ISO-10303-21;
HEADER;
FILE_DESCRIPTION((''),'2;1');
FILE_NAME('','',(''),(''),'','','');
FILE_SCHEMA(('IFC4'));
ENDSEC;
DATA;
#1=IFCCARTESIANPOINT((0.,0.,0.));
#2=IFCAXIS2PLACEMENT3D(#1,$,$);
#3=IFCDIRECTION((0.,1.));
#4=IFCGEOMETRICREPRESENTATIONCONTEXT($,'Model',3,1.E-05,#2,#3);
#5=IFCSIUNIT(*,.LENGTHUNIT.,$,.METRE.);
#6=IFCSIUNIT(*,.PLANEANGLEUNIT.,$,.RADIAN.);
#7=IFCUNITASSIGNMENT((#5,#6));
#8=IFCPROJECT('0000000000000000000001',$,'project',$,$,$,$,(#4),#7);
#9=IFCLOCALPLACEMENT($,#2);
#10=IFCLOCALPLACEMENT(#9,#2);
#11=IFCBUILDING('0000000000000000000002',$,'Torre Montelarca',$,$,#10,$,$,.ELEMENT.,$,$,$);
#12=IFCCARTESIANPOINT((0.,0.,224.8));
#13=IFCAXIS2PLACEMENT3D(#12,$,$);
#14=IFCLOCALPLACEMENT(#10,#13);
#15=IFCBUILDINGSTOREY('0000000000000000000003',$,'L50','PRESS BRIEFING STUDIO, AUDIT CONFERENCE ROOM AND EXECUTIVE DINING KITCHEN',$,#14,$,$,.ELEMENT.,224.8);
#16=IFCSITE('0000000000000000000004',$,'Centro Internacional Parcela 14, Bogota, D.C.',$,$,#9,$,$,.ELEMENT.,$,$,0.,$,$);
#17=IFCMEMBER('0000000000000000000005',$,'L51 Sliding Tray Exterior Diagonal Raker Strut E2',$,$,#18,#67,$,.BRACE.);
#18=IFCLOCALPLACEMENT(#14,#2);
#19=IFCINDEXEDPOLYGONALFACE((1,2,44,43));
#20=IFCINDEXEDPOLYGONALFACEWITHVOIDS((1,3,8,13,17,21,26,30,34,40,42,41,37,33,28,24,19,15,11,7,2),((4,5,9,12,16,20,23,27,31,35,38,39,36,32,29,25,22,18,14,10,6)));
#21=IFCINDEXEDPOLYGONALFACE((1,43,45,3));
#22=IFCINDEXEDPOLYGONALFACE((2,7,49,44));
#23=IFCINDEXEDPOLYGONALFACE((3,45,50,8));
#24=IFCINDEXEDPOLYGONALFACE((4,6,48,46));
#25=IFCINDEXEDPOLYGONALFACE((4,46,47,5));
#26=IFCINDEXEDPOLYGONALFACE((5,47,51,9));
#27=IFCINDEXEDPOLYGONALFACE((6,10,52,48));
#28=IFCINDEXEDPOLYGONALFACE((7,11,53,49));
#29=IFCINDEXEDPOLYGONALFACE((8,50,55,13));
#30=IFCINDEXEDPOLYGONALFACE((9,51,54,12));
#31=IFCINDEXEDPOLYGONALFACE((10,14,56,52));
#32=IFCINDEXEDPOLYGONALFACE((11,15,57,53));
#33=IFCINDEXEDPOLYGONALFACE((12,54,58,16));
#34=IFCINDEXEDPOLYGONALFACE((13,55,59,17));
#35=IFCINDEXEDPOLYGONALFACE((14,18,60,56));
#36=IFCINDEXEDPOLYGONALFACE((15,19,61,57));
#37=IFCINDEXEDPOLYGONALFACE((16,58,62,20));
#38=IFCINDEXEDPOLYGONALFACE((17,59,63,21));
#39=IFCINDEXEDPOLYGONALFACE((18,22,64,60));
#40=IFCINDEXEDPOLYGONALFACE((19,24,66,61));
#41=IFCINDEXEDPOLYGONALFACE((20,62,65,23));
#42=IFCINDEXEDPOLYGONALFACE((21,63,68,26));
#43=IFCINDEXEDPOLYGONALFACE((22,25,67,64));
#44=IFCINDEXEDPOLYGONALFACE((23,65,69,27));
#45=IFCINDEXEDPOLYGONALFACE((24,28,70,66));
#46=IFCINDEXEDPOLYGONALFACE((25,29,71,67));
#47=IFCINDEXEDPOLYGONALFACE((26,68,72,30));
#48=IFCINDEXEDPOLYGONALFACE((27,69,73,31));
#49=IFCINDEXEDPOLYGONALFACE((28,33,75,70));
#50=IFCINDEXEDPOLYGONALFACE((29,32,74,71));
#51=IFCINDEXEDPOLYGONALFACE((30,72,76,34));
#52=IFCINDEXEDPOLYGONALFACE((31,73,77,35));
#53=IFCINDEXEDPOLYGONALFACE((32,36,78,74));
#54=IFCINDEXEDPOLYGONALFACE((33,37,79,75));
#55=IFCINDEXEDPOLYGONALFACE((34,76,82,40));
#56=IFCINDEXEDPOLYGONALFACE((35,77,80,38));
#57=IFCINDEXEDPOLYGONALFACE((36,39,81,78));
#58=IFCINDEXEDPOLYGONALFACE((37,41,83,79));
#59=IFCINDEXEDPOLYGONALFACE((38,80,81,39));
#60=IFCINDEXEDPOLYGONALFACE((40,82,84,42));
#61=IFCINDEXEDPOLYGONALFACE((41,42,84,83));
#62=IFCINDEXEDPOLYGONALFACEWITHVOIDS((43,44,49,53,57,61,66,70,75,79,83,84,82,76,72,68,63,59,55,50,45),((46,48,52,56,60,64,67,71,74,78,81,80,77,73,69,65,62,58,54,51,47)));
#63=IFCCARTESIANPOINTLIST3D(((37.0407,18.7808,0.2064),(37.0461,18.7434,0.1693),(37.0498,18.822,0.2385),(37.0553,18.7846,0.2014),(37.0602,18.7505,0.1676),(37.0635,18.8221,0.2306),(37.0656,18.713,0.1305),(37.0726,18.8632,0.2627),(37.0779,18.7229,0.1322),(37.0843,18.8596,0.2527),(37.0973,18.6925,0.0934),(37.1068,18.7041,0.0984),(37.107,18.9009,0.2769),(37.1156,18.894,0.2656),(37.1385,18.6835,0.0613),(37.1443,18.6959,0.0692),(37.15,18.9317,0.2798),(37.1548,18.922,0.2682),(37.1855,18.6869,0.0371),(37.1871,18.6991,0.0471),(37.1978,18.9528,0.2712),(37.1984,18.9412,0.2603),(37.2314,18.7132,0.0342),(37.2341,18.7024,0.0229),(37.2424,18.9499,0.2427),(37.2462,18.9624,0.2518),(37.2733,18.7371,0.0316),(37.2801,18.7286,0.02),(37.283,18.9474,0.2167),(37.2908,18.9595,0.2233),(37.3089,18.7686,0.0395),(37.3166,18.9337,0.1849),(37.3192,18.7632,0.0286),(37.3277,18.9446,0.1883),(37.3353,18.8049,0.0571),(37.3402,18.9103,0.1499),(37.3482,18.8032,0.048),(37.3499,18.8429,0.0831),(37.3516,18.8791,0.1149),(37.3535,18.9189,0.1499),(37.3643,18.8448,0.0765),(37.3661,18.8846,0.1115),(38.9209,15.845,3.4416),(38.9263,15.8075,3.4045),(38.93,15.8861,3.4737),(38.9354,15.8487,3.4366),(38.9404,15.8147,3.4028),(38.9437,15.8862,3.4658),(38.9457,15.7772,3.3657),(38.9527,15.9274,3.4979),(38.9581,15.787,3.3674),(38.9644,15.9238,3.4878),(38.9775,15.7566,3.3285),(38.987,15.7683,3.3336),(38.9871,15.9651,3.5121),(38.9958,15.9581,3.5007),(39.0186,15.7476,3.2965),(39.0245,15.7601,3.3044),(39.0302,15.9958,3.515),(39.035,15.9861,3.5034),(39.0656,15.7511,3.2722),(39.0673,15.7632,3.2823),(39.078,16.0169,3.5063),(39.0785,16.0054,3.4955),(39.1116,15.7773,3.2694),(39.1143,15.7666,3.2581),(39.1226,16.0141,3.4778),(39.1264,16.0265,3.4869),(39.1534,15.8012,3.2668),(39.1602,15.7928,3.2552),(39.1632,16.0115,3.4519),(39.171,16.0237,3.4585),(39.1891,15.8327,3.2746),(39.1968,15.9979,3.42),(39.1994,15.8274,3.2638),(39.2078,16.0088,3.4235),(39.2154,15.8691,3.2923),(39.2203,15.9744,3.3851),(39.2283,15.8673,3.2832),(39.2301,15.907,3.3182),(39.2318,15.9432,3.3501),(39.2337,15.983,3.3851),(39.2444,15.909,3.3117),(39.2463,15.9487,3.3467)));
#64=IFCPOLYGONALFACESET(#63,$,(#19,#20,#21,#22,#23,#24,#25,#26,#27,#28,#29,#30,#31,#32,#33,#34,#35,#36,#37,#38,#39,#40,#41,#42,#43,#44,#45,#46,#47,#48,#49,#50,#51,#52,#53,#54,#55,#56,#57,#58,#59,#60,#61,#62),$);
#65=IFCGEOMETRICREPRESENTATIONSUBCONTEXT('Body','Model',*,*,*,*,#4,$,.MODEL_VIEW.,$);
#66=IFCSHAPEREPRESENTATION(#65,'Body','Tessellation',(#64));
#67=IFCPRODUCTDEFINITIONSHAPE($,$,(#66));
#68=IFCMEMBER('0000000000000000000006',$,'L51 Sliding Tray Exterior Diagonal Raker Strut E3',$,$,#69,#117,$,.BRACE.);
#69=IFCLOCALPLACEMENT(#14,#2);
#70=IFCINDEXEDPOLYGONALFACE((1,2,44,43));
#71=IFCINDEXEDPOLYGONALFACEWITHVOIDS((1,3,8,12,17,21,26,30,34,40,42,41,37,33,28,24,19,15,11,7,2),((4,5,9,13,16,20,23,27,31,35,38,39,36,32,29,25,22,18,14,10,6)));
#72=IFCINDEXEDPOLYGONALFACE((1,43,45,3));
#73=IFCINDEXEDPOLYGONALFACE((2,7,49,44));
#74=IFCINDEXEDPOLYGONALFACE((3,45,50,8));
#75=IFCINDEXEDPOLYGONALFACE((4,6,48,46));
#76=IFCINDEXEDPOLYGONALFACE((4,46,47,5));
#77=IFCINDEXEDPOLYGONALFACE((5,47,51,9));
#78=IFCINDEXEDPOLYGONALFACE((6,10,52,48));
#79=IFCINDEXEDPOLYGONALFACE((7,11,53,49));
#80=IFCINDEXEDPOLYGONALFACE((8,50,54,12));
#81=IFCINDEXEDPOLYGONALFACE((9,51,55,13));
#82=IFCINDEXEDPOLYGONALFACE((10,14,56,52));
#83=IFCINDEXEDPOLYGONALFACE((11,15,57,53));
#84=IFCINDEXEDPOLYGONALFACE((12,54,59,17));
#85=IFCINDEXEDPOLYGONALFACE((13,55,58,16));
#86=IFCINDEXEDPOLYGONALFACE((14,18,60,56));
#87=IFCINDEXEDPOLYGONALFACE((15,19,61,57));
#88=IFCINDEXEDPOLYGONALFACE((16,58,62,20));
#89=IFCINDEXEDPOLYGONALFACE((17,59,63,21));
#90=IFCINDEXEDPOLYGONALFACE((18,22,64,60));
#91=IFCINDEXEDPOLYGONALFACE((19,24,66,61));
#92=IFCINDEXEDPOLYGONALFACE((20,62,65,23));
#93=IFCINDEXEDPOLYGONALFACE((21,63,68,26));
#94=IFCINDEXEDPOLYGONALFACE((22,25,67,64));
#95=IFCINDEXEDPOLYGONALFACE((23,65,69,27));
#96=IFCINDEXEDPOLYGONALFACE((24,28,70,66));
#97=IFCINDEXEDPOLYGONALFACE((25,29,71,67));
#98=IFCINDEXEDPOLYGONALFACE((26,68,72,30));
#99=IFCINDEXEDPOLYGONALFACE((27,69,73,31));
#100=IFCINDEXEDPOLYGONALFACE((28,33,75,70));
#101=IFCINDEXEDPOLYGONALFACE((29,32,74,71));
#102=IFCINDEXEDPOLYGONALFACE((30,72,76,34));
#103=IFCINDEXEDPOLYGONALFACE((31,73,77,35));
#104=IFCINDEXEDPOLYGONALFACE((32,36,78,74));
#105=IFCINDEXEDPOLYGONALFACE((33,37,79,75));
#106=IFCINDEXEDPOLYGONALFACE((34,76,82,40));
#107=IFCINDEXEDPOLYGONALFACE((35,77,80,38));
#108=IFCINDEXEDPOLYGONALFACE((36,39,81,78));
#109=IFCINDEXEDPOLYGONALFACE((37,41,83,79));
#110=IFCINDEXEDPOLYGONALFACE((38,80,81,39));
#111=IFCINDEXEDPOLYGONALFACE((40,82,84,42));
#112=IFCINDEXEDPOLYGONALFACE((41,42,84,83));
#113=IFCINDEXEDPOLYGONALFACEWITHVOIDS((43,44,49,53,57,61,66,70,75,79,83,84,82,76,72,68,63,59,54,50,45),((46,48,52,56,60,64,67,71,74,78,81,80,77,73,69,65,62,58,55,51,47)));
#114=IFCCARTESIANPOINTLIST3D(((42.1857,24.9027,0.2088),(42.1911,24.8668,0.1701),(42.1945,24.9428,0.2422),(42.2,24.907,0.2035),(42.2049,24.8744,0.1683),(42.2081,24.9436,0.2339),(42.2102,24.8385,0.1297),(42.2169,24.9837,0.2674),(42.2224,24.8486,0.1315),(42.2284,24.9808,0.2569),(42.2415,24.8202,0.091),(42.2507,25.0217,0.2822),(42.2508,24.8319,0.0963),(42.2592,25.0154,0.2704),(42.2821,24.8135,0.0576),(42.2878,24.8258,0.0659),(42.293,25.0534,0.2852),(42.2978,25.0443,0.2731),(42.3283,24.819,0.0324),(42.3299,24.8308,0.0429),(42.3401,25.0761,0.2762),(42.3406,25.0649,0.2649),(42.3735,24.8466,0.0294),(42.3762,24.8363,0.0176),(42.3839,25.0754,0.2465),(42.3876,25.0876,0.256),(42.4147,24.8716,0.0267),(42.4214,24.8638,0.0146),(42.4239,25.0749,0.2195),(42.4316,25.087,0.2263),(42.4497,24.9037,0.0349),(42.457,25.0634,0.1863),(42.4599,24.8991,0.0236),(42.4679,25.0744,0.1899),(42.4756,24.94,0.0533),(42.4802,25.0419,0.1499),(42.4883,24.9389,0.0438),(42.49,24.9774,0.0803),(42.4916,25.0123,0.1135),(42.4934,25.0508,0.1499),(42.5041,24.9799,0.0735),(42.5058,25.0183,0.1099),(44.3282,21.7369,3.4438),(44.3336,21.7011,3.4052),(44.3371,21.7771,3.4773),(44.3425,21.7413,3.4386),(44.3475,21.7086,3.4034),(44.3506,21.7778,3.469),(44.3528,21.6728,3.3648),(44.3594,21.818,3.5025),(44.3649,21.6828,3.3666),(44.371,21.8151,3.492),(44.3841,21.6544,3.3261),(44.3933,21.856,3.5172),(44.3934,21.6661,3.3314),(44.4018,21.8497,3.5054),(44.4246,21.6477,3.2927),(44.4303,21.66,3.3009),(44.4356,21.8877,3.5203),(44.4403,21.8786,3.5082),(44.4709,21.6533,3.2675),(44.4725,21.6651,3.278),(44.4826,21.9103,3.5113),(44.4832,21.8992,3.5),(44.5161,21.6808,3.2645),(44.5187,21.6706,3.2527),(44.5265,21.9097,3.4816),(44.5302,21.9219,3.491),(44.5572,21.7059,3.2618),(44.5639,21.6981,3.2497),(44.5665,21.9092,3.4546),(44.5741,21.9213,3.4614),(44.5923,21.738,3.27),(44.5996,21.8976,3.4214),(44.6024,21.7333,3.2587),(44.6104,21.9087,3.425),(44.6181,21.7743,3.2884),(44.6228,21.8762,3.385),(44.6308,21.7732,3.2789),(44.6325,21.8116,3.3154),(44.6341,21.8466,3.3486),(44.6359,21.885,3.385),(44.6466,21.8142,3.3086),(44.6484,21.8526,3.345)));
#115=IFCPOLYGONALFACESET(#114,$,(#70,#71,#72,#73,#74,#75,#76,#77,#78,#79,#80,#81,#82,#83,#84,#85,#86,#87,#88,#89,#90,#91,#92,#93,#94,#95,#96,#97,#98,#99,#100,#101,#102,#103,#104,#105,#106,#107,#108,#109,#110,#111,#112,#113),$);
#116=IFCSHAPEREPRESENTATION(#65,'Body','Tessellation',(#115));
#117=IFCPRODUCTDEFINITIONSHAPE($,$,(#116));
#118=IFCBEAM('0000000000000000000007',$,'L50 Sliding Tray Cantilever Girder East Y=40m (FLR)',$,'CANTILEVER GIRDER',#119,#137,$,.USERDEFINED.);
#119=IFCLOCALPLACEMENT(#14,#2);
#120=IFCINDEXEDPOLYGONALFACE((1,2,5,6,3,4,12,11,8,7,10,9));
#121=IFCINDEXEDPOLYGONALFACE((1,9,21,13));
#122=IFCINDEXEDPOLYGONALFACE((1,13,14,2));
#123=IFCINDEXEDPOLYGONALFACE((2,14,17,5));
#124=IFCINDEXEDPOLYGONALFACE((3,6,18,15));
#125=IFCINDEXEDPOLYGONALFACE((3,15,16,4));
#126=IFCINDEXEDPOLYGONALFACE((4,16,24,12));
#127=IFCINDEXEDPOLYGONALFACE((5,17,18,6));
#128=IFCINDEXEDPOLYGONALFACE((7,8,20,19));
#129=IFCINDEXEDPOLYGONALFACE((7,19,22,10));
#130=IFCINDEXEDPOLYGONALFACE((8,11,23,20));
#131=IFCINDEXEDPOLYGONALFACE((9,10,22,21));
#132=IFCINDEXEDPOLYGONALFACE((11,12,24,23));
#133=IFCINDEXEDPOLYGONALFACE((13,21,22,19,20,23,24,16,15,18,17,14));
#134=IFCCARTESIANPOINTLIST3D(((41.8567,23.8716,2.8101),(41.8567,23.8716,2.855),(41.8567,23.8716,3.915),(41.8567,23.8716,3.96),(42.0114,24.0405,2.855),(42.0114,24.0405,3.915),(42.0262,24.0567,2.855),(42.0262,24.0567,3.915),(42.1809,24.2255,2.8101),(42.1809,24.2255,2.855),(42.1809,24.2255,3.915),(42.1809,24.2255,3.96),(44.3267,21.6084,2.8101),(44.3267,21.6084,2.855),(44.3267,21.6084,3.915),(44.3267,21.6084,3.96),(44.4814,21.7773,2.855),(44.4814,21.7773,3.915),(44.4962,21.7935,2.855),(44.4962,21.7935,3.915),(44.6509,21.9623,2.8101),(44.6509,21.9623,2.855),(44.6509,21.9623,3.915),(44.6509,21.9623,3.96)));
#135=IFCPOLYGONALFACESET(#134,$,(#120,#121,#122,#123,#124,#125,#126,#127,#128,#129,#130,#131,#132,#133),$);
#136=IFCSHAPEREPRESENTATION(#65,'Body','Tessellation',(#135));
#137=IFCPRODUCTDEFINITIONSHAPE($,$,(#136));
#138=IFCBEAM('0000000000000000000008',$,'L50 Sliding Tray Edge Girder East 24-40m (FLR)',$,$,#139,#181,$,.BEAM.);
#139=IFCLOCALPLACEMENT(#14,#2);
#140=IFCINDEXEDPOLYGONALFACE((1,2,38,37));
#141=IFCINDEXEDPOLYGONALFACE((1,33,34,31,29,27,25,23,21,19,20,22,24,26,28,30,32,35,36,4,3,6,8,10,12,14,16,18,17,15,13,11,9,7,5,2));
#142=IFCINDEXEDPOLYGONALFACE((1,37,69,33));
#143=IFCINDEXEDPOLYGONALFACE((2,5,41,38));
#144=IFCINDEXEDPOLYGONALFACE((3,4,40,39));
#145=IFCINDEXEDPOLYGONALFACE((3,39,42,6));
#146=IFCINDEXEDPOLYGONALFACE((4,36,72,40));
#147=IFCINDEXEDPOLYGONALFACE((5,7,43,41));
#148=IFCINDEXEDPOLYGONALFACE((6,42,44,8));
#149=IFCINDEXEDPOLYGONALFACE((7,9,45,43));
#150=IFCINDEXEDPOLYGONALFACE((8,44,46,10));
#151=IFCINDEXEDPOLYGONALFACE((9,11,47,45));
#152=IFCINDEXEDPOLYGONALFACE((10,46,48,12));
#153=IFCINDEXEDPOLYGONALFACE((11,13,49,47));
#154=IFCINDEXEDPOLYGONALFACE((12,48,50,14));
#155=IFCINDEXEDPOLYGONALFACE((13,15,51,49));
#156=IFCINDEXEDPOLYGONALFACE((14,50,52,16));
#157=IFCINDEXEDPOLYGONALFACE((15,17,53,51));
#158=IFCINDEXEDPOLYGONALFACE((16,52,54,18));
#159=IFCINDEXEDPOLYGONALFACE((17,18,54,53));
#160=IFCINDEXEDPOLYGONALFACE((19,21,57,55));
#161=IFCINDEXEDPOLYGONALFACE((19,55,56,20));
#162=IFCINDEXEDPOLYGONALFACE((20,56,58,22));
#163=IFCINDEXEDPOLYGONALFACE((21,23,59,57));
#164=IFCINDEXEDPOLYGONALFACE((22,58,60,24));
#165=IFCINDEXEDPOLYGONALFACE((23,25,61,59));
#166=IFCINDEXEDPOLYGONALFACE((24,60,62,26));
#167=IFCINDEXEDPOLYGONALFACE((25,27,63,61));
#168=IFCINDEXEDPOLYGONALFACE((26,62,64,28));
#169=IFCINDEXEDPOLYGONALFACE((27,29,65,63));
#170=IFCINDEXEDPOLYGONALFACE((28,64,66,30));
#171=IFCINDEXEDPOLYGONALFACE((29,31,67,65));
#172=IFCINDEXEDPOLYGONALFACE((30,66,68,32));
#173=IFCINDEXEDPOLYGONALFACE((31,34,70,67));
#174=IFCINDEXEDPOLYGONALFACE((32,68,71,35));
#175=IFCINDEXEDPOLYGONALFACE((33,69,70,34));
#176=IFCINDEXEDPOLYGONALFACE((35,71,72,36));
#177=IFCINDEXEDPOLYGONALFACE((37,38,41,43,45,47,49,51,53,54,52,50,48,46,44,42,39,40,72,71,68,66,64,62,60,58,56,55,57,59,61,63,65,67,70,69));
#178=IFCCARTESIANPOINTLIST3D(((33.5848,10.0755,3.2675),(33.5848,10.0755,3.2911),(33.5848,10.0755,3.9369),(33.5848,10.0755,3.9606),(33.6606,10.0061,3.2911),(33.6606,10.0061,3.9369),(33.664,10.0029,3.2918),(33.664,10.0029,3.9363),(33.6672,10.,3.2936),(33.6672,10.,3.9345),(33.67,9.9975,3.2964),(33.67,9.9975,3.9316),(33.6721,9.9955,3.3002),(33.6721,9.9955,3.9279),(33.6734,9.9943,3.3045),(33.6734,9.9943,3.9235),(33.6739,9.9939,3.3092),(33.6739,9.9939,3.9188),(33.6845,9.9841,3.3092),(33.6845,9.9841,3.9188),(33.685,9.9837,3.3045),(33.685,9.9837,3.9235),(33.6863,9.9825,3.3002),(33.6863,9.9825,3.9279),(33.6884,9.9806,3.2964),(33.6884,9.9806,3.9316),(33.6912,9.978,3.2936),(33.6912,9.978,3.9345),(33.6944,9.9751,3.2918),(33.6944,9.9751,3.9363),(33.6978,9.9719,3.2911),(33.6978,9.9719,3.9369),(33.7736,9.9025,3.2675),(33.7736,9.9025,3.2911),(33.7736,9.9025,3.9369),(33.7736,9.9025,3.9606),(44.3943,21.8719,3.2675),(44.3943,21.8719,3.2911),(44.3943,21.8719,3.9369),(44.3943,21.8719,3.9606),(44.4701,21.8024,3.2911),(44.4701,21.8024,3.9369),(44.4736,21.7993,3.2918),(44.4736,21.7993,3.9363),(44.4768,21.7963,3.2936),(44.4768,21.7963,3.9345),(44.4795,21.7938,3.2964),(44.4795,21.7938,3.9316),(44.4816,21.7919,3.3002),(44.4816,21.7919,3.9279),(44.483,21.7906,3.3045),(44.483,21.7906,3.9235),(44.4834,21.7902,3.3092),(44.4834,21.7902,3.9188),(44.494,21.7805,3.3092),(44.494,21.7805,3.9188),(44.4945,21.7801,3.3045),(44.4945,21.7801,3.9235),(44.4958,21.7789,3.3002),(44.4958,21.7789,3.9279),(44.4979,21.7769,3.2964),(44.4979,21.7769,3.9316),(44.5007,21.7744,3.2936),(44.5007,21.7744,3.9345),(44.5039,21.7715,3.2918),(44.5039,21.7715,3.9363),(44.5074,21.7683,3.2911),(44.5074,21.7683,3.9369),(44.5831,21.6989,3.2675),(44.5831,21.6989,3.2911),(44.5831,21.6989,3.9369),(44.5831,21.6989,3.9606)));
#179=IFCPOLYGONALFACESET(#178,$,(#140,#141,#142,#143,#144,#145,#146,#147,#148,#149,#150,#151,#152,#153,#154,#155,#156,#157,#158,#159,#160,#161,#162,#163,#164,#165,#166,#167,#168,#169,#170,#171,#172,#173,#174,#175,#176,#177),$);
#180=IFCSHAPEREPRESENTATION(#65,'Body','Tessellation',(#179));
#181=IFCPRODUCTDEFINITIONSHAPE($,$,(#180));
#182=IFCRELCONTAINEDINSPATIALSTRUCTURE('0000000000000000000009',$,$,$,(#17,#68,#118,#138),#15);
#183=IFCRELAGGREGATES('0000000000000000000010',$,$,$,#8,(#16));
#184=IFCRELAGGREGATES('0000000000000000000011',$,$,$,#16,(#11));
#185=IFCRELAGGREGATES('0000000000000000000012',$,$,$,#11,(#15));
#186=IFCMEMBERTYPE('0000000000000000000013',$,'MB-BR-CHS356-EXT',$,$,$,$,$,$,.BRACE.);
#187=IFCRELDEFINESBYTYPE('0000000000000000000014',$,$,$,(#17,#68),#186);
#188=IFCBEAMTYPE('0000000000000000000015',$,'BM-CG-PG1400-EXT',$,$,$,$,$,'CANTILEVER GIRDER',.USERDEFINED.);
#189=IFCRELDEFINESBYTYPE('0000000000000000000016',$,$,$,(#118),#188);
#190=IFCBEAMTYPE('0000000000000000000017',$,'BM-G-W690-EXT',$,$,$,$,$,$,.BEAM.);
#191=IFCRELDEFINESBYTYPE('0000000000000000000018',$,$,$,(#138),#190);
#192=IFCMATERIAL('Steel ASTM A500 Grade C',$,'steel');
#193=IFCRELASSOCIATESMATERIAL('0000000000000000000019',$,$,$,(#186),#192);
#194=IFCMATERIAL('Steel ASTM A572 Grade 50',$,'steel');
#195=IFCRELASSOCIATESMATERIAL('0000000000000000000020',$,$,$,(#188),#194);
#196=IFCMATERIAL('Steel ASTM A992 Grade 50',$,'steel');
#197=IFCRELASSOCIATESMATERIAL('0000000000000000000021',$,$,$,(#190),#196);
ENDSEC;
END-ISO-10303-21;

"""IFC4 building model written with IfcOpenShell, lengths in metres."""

from ifc_helpers import new_model, si_unit, direction, frame, origin, origin_2d, place, context, subcontext, project, spatial, hollow_circle, i_section, extrude, source, transform, mapped, material, material_profile, profile_set, type_object, element, save


model = new_model("IFC4")

# Units and contexts
model_context = context("Model", 3, precision=1e-05, world=origin(), true_north=direction((0.0, 1.0)))
body_context = subcontext(model_context, "Body", "Model", "MODEL_VIEW")
ifc_project = project(units=[si_unit("LENGTHUNIT", "METRE"), si_unit("PLANEANGLEUNIT", "RADIAN")], contexts=[model_context])

# Site, building, storey
site_placement = place(None, origin())
site = spatial("IfcSite", under=ifc_project, at=site_placement, Name="Centro Internacional Parcela 14, Bogota, D.C.", CompositionType="ELEMENT", RefElevation=0.0)
building_placement = place(site_placement, origin())
building = spatial("IfcBuilding", under=site, at=building_placement, Name="Torre Montelarca", CompositionType="ELEMENT")
storey_placement = place(building_placement, frame((0.0, 0.0, 224.8)))
storey = spatial("IfcBuildingStorey", under=building, at=storey_placement, Name="L50", Description="PRESS BRIEFING STUDIO, AUDIT CONFERENCE ROOM AND EXECUTIVE DINING KITCHEN", CompositionType="ELEMENT", Elevation=224.8)

# Members
ifc_material_1 = material(Name="Steel ASTM A500 Grade C", Category="steel")
ifc_material_profile_1 = material_profile(ifc_material_1, hollow_circle(Radius=0.1777, WallThickness=0.0159, at=origin_2d()), Name="HSS355.6X15.9", Category="steel")
ifc_profile_set_1 = profile_set([ifc_material_profile_1], Name="Steel ASTM A500 Grade C")
member_type_1 = type_object("IfcMemberType", Name="MB-BR-CHS356-EXT", PredefinedType="BRACE", material=ifc_profile_set_1)
shared_shape_1 = source(origin(), body_context, "Body", "SweptSolid", [
    extrude(hollow_circle(Radius=0.1777, WallThickness=0.0159, at=origin_2d()), origin(), (0.0, 0.0, 1.0), 4.7561),
])
member_1_placement = place(storey_placement, frame((37.2039, 18.823, 0.1499), z_axis=(0.395316, -0.61728, 0.680214), x_axis=(0.842112, 0.539302, 0.0)))
element("IfcMember", 1, at=member_1_placement, inside=storey, type_object=member_type_1, Name="L51 Sliding Tray Exterior Diagonal Raker Strut E2", PredefinedType="BRACE", context=body_context, shape_type="MappedRepresentation", body=[
    mapped(shared_shape_1, transform((0.0, 0.0, 0.0), scale=1.0)),
])
shared_shape_2 = source(origin(), body_context, "Body", "SweptSolid", [
    extrude(hollow_circle(Radius=0.1777, WallThickness=0.0159, at=origin_2d()), origin(), (0.0, 0.0, 1.0), 5.0078),
])
member_2_placement = place(storey_placement, frame((42.3462, 24.9512, 0.1499), z_axis=(0.427843, -0.63216, 0.646006), x_axis=(0.828159, 0.560494, 0.0)))
element("IfcMember", 2, at=member_2_placement, inside=storey, type_object=member_type_1, Name="L51 Sliding Tray Exterior Diagonal Raker Strut E3", PredefinedType="BRACE", context=body_context, shape_type="MappedRepresentation", body=[
    mapped(shared_shape_2, transform((0.0, 0.0, 0.0), scale=1.0)),
])

# Beams
ifc_material_2 = material(Name="Steel ASTM A572 Grade 50", Category="steel")
ifc_material_profile_2 = material_profile(ifc_material_2, i_section(OverallWidth=0.48, OverallDepth=1.1499, WebThickness=0.022, FlangeThickness=0.0449, at=origin_2d()), Name="PG1150X480X22X45", Category="steel")
ifc_profile_set_2 = profile_set([ifc_material_profile_2], Name="Steel ASTM A572 Grade 50")
beam_type_1 = type_object("IfcBeamType", Name="BM-CG-PG1400-EXT", ElementType="CANTILEVER GIRDER", PredefinedType="USERDEFINED", material=ifc_profile_set_2)
shared_shape_3 = source(origin(), body_context, "Body", "SweptSolid", [
    extrude(i_section(OverallWidth=0.48, OverallDepth=1.1499, WebThickness=0.022, FlangeThickness=0.0449, at=origin_2d()), origin(), (0.0, 0.0, 1.0), 3.3501),
])
beam_1_placement = place(storey_placement, frame((42.0188, 24.0486, 3.385), z_axis=(0.737296, -0.67557, 0.0), x_axis=(0.67557, 0.737296, 0.0)))
element("IfcBeam", 3, at=beam_1_placement, inside=storey, type_object=beam_type_1, Name="L50 Sliding Tray Cantilever Girder East Y=40m (FLR)", ObjectType="CANTILEVER GIRDER", PredefinedType="USERDEFINED", context=body_context, shape_type="MappedRepresentation", body=[
    mapped(shared_shape_3, transform((0.0, 0.0, 0.0), scale=1.0)),
])
ifc_material_3 = material(Name="Steel ASTM A992 Grade 50", Category="steel")
ifc_material_profile_3 = material_profile(ifc_material_3, i_section(OverallWidth=0.2561, OverallDepth=0.6931, WebThickness=0.0144, FlangeThickness=0.0237, FilletRadius=0.0181, at=origin_2d()), Name="W690X170", Category="steel")
ifc_profile_set_3 = profile_set([ifc_material_profile_3], Name="Steel ASTM A992 Grade 50")
beam_type_2 = type_object("IfcBeamType", Name="BM-G-W690-EXT", PredefinedType="BEAM", material=ifc_profile_set_3)
shared_shape_4 = source(origin(), body_context, "Body", "SweptSolid", [
    extrude(i_section(OverallWidth=0.2561, OverallDepth=0.6931, WebThickness=0.0144, FlangeThickness=0.0237, FilletRadius=0.0181, at=origin_2d()), origin(), (0.0, 0.0, 1.0), 16.0),
])
beam_2_placement = place(storey_placement, frame((33.6792, 9.989, 3.614), z_axis=(0.675596, 0.737272, 0.0), x_axis=(-0.737272, 0.675596, 0.0)))
element("IfcBeam", 4, at=beam_2_placement, inside=storey, type_object=beam_type_2, Name="L50 Sliding Tray Edge Girder East 24-40m (FLR)", PredefinedType="BEAM", context=body_context, shape_type="MappedRepresentation", body=[
    mapped(shared_shape_4, transform((0.0, 0.0, 0.0), scale=1.0)),
])

save(model, "model.ifc")
